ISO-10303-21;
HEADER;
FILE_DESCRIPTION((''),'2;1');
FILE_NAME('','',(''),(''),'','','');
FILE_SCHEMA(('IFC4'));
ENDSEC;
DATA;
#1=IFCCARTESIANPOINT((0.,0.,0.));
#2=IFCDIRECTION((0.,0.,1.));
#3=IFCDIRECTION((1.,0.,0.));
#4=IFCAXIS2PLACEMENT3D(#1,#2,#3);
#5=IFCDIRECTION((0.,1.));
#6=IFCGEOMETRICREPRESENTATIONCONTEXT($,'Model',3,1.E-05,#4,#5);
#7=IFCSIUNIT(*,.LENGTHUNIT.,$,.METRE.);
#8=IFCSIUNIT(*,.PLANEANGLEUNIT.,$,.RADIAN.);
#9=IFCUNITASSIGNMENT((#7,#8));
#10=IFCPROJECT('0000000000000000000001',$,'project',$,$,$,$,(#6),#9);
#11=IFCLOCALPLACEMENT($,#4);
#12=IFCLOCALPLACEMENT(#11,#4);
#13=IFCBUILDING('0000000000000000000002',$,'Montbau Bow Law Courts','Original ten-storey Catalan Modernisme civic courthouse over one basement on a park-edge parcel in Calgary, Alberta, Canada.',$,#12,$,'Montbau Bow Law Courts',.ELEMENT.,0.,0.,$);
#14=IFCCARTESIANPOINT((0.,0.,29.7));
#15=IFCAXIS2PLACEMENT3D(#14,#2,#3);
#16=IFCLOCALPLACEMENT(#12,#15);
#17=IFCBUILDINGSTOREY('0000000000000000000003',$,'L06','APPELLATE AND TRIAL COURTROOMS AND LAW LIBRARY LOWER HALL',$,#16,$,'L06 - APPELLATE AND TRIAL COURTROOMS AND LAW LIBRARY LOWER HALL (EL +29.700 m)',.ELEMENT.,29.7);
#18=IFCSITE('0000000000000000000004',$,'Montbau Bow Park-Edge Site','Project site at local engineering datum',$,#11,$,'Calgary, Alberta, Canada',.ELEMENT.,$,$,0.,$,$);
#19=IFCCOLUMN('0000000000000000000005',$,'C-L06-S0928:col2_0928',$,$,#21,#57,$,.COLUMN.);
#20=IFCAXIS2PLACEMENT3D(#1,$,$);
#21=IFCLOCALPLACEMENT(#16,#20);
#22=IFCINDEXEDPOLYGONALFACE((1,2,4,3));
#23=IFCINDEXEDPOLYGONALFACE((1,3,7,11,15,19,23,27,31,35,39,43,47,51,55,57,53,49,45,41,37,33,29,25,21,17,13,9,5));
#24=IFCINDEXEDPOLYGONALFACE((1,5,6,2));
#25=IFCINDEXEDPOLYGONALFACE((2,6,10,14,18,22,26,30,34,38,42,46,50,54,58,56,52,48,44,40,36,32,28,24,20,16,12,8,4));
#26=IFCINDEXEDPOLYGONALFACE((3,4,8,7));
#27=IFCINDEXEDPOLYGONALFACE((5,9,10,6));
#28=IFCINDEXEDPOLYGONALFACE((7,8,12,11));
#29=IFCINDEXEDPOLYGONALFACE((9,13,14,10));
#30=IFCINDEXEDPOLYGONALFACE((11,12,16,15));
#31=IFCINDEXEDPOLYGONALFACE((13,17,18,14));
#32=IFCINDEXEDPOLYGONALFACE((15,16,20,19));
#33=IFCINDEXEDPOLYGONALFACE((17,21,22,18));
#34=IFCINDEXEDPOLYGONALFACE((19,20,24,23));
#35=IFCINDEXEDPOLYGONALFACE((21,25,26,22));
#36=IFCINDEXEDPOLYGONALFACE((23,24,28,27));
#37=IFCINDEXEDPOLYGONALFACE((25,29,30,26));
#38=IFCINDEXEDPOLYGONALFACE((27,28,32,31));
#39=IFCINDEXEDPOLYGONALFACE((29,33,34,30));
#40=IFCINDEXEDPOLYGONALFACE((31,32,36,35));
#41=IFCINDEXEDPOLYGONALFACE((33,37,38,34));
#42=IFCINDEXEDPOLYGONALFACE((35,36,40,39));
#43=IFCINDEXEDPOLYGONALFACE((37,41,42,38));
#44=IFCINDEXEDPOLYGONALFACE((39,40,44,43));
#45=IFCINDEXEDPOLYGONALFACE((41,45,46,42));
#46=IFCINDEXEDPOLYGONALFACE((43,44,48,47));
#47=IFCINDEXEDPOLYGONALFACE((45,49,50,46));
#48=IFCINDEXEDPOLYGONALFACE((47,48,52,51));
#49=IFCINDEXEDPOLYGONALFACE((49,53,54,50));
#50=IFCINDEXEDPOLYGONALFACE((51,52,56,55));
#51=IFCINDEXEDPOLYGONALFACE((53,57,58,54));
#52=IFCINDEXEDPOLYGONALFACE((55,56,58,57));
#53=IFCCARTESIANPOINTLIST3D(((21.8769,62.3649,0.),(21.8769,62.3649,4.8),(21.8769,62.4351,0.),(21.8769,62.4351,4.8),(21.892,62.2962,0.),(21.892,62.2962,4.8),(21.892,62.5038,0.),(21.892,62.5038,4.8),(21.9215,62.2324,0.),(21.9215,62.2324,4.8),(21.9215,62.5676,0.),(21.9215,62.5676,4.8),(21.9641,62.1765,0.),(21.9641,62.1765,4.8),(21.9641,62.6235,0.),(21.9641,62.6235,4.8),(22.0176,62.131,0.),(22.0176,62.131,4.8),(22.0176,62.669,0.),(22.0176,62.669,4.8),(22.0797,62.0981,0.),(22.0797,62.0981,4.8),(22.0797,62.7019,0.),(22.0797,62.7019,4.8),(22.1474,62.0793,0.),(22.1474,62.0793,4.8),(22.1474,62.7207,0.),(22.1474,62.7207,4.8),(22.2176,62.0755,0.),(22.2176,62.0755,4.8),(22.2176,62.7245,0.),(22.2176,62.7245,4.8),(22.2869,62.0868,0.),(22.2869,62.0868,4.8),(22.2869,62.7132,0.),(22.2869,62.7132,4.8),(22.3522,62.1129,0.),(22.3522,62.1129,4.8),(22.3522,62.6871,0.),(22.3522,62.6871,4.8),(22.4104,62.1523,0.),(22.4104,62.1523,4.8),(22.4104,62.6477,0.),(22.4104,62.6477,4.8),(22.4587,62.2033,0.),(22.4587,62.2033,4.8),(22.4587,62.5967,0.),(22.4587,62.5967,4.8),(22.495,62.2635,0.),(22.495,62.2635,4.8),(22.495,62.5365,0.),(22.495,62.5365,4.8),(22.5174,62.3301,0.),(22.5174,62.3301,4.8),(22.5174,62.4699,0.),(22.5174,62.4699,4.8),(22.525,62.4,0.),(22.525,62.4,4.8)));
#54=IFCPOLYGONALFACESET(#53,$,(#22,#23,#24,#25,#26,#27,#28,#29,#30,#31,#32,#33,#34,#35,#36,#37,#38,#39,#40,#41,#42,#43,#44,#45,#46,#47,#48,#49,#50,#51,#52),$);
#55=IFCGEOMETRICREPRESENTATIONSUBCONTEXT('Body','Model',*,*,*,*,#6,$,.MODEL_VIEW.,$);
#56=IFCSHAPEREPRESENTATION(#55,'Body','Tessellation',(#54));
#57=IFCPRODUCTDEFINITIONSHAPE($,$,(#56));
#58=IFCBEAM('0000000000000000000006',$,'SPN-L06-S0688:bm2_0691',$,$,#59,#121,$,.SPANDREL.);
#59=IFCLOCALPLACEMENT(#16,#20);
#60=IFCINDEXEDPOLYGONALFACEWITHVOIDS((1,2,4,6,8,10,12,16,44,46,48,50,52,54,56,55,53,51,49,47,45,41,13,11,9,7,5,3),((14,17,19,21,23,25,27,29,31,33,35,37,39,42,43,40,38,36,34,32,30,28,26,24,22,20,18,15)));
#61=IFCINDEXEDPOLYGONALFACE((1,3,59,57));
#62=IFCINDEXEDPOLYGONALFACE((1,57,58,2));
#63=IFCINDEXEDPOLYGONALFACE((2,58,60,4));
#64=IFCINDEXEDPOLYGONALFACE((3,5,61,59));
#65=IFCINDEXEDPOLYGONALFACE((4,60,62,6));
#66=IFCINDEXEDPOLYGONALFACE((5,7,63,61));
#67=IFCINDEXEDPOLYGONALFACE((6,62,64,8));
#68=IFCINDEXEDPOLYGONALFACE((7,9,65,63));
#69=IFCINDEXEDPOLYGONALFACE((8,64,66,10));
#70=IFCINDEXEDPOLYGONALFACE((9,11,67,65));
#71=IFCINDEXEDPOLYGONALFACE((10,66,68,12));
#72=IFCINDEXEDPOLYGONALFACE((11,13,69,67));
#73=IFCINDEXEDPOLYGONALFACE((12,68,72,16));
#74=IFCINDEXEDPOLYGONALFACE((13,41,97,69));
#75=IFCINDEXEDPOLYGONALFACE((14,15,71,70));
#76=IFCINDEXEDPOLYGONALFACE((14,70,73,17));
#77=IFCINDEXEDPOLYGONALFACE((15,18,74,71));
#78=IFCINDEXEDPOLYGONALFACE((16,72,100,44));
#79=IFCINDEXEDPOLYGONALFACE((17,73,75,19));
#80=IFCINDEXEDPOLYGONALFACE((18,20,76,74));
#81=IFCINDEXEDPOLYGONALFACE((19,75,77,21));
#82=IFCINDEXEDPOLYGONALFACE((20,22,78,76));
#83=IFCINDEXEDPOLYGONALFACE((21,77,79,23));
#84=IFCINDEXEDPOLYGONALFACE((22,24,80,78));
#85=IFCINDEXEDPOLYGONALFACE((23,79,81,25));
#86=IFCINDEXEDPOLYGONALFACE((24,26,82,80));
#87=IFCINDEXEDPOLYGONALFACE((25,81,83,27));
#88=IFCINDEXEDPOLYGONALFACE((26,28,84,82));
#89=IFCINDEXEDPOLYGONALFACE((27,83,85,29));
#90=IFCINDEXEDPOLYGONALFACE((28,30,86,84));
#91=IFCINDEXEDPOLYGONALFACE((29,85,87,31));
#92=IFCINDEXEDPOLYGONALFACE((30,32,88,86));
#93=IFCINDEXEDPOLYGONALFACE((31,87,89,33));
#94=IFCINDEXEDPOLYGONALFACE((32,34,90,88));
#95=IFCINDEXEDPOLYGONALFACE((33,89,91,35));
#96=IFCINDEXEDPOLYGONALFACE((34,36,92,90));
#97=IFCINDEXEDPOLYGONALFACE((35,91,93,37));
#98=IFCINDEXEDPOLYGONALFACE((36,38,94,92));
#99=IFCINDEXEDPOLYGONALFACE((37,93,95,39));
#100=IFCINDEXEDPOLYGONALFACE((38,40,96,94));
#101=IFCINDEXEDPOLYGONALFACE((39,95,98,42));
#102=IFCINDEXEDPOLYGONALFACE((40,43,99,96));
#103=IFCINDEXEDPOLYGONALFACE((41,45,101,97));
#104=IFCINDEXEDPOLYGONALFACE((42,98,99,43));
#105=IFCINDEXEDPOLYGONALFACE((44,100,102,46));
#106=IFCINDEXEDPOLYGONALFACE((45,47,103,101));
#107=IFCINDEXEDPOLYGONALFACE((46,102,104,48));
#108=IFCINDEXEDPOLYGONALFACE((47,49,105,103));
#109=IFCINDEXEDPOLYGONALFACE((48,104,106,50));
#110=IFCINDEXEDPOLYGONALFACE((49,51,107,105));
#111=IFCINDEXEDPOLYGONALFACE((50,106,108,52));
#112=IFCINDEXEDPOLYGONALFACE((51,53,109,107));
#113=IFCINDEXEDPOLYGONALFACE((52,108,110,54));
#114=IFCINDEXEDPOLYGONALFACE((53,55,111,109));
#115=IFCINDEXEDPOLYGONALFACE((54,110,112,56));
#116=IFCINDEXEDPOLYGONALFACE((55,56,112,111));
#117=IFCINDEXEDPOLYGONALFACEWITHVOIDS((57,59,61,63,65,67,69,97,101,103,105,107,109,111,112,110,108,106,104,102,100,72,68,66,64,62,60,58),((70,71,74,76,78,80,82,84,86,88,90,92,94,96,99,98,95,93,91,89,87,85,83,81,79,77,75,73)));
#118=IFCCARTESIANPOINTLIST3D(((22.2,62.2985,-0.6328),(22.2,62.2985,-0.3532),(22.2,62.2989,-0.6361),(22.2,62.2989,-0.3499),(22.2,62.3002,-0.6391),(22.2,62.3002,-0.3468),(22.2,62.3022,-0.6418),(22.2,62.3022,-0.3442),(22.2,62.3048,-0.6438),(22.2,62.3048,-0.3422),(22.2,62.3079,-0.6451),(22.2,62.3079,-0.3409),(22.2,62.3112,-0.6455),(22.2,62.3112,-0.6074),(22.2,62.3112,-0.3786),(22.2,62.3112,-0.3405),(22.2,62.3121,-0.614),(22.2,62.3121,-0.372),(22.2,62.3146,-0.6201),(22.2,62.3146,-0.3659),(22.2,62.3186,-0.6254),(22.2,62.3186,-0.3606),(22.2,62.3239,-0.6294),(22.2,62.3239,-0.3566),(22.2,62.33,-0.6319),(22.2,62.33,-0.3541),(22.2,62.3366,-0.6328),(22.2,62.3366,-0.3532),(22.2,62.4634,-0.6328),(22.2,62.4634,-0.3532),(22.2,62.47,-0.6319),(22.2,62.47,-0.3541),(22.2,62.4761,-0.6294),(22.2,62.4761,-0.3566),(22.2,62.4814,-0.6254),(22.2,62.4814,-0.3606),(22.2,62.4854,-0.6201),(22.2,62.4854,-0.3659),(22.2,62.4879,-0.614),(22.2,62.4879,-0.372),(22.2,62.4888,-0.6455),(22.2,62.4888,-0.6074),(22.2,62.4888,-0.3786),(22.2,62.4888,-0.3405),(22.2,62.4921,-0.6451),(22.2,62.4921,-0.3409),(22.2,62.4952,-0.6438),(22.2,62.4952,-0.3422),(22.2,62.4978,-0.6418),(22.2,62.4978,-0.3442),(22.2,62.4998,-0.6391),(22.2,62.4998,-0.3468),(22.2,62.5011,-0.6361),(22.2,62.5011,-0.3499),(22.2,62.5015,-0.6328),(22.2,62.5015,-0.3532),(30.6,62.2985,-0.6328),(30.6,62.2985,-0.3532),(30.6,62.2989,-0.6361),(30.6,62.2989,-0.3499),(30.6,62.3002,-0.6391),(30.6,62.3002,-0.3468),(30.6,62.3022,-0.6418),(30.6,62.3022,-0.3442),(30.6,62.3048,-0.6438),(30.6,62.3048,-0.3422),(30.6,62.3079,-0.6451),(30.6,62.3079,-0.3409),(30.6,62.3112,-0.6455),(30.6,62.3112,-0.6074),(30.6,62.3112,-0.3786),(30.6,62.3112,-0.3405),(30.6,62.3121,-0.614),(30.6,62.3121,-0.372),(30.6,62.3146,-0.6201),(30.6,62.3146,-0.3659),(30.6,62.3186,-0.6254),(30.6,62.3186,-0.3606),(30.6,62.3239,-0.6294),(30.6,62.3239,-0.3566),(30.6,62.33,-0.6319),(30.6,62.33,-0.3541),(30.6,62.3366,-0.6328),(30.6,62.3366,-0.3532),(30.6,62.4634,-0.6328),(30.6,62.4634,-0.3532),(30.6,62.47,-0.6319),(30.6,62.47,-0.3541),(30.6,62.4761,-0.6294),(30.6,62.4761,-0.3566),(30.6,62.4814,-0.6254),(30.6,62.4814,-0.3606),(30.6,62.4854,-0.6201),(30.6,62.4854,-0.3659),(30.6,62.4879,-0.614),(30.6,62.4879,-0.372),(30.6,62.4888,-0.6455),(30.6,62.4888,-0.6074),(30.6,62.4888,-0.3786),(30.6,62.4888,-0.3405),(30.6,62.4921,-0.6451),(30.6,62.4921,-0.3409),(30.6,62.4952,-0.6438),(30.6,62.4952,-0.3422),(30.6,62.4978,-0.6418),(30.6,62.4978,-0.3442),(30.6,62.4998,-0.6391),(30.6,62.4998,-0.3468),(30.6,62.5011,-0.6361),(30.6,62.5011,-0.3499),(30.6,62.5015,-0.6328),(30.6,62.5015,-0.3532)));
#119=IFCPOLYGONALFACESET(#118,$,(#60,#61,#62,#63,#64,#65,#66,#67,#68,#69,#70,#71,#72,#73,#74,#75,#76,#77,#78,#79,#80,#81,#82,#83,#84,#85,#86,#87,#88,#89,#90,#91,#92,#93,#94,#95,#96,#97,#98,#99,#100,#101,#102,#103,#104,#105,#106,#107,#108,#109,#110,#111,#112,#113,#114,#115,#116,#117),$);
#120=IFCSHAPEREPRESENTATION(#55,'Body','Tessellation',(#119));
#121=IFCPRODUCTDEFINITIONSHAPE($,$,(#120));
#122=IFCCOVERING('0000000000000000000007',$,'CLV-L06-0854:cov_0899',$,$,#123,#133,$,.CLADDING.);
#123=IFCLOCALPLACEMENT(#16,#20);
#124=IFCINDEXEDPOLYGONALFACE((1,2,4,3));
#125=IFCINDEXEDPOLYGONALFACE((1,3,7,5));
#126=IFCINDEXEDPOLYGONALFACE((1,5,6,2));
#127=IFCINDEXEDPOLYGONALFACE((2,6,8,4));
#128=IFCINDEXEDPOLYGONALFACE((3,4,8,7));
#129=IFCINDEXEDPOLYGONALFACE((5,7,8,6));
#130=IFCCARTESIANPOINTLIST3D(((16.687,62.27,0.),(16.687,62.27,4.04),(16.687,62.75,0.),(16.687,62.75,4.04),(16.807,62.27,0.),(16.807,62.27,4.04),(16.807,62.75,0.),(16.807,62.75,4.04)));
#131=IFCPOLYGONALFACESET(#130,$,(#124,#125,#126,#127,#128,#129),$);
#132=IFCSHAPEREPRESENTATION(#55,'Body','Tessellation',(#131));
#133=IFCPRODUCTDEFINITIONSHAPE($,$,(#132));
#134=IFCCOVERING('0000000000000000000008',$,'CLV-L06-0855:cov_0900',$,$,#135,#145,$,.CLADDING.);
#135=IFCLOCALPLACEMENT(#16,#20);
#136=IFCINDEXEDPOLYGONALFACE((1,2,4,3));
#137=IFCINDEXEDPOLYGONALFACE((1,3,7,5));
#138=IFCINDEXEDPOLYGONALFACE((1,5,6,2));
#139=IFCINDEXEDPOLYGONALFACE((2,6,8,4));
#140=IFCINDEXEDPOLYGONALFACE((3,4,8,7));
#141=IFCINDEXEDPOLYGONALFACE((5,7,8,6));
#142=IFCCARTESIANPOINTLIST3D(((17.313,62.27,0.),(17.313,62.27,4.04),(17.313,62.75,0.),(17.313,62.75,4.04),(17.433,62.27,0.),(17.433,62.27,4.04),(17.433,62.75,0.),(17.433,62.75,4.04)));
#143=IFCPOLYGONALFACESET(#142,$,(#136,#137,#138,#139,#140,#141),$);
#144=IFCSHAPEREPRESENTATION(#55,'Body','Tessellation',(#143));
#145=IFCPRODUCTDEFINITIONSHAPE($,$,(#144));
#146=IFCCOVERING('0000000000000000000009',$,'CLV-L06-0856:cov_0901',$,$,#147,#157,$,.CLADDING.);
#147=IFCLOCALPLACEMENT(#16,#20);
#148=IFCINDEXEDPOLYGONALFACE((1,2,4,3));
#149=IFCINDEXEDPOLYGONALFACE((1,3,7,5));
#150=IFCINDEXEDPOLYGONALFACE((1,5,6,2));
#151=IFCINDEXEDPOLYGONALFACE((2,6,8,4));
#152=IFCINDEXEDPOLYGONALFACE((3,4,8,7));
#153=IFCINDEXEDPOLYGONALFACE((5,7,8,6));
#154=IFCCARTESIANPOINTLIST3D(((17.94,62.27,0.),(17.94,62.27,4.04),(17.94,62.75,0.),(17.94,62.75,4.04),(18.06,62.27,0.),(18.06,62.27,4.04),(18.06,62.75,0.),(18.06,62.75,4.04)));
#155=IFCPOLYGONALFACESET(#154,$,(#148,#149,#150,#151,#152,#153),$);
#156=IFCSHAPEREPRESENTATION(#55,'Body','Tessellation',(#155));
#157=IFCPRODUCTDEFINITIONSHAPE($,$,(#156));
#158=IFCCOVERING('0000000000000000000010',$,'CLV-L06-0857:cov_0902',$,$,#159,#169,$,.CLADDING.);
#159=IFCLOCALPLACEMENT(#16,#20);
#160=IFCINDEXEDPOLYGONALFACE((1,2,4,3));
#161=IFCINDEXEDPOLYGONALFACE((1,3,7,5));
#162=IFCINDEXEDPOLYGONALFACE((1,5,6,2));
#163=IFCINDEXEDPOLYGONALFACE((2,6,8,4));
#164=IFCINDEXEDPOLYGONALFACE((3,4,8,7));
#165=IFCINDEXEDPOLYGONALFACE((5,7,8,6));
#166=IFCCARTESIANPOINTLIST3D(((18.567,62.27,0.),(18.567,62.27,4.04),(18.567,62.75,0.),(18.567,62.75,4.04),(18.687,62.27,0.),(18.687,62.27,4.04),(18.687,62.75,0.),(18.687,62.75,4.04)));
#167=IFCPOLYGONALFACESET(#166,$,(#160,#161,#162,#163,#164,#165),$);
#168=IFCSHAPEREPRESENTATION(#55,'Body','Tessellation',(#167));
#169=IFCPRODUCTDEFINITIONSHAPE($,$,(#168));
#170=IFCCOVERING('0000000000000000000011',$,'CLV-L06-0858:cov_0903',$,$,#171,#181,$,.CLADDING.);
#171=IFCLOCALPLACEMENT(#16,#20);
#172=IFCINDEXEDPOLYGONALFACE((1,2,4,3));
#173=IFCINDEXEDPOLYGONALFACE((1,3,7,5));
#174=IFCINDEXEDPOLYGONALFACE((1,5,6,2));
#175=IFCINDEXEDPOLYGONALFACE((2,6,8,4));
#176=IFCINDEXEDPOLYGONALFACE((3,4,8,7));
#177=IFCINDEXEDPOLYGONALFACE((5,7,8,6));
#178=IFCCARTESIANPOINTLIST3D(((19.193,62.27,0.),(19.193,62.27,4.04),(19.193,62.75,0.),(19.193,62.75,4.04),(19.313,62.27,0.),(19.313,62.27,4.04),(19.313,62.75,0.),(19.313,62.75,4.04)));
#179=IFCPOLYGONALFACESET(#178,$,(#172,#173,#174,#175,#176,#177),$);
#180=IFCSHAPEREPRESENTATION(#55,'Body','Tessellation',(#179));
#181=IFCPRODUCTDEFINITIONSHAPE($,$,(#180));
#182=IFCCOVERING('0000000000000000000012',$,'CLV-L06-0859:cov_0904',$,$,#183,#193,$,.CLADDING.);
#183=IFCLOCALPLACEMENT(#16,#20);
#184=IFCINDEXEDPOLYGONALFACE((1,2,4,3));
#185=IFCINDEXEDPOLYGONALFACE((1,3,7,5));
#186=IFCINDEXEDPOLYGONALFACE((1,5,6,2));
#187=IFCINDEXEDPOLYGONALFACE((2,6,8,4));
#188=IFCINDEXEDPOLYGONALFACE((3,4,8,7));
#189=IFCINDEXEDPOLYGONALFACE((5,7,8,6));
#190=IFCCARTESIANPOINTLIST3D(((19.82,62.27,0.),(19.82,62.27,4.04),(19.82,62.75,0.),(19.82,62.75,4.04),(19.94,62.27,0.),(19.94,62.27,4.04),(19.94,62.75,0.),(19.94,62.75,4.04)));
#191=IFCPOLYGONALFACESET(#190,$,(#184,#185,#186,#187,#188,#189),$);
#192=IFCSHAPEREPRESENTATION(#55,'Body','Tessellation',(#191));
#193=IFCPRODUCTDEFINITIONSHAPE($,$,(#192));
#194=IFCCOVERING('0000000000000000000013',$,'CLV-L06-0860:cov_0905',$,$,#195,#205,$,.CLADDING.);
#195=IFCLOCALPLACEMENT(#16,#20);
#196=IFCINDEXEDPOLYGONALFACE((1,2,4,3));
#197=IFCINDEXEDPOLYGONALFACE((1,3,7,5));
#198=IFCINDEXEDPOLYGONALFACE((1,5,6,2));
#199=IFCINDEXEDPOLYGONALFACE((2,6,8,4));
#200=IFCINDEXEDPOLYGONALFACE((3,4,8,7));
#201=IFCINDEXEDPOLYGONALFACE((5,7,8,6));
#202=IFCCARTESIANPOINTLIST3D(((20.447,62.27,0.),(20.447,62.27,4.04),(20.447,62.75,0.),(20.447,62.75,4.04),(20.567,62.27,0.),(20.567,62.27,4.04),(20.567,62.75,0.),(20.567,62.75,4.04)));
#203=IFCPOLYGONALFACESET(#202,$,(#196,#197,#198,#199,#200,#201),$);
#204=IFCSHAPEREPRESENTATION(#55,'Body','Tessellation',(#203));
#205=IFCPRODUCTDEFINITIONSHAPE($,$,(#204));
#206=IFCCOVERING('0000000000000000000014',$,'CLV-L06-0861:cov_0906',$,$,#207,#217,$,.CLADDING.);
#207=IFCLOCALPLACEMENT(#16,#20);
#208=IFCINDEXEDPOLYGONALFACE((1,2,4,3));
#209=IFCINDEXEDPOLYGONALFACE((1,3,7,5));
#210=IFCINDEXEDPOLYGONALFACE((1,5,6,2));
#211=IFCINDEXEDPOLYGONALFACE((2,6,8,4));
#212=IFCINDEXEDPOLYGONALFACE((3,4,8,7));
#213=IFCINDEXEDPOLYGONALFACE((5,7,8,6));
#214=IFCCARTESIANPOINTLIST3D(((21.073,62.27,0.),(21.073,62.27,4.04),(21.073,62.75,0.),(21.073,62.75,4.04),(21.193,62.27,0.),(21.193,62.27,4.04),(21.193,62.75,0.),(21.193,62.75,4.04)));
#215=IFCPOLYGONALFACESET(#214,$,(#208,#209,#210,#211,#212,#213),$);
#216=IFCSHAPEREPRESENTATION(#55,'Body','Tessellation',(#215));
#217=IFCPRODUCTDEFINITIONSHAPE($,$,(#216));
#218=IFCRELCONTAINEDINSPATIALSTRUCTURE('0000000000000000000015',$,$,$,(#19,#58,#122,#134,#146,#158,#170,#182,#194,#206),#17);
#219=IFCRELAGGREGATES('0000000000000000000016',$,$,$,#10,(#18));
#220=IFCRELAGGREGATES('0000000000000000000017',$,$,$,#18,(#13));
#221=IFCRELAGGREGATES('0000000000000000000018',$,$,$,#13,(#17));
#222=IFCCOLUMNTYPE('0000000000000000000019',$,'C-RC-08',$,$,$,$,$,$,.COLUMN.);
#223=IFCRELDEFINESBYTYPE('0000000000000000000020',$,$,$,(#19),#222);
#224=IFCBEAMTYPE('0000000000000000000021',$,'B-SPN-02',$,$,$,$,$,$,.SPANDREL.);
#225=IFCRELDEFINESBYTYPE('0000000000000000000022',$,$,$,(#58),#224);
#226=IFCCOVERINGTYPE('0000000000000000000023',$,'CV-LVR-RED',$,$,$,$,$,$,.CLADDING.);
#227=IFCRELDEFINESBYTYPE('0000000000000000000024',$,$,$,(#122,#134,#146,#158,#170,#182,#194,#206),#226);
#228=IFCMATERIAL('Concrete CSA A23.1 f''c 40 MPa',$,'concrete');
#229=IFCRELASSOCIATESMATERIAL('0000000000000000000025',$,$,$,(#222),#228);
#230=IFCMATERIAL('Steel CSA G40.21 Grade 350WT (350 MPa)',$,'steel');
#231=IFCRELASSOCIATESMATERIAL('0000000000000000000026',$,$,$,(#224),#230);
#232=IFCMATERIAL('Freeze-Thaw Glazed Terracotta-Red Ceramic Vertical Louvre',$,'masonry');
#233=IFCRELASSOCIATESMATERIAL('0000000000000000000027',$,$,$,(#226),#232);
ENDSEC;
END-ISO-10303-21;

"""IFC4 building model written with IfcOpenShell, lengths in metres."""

from ifc_helpers import new_model, si_unit, direction, frame, frame_2d, origin_with_axes, origin_2d_with_axis, place, context, subcontext, project, spatial, rectangle, hollow_rectangle, circle, extrude, material, material_profile, profile_set, type_object, element, save


model = new_model("IFC4")

# Units and contexts
model_context = context("Model", 3, precision=1e-05, world=origin_with_axes(), true_north=direction((0.0, 1.0)))
body_context = subcontext(model_context, "Body", "Model", "MODEL_VIEW")
ifc_project = project(units=[si_unit("LENGTHUNIT", "METRE"), si_unit("PLANEANGLEUNIT", "RADIAN")], contexts=[model_context])

# Site, building, storey
site_placement = place(None, origin_with_axes())
site = spatial("IfcSite", under=ifc_project, at=site_placement, Name="Montbau Bow Park-Edge Site", Description="Project site at local engineering datum", LongName="Calgary, Alberta, Canada", CompositionType="ELEMENT", RefElevation=0.0)
building_placement = place(site_placement, origin_with_axes())
building = spatial("IfcBuilding", under=site, at=building_placement, Name="Montbau Bow Law Courts", Description="Original ten-storey Catalan Modernisme civic courthouse over one basement on a park-edge parcel in Calgary, Alberta, Canada.", LongName="Montbau Bow Law Courts", CompositionType="ELEMENT", ElevationOfRefHeight=0.0, ElevationOfTerrain=0.0)
storey_placement = place(building_placement, frame((0.0, 0.0, 29.7), z_axis=(0.0, 0.0, 1.0), x_axis=(1.0, 0.0, 0.0)))
storey = spatial("IfcBuildingStorey", under=building, at=storey_placement, Name="L06", Description="APPELLATE AND TRIAL COURTROOMS AND LAW LIBRARY LOWER HALL", LongName="L06 - APPELLATE AND TRIAL COURTROOMS AND LAW LIBRARY LOWER HALL (EL +29.700 m)", CompositionType="ELEMENT", Elevation=29.7)

# Column
ifc_material_1 = material(Name="Concrete CSA A23.1 f'c 40 MPa", Category="concrete")
ifc_material_profile_1 = material_profile(ifc_material_1, circle(Radius=0.325, at=origin_2d_with_axis()), Name="RC650D", Category="Main", Priority=0)
ifc_profile_set_1 = profile_set([ifc_material_profile_1], Name="Concrete CSA A23.1 f'c 40 MPa")
column_type = type_object("IfcColumnType", Name="C-RC-08", PredefinedType="COLUMN", material=ifc_profile_set_1)
column_placement = place(None, frame((22.2, 62.4, 29.7), z_axis=(0.0, 0.0, 1.0), x_axis=(1.0, 0.0, 0.0)))
element("IfcColumn", 1, at=column_placement, inside=storey, type_object=column_type, Name="C-L06-S0928:col2_0928", PredefinedType="COLUMN", context=body_context, shape_type="SweptSolid", body=[
    extrude(circle(Radius=0.325, at=origin_2d_with_axis()), origin_with_axes(), (0.0, 0.0, 1.0), 4.8),
])

# Beam
ifc_material_2 = material(Name="Steel CSA G40.21 Grade 350WT (350 MPa)", Category="steel")
ifc_material_profile_2 = material_profile(ifc_material_2, hollow_rectangle(XDim=0.203, YDim=0.305, WallThickness=0.0127, InnerFilletRadius=0.0254, OuterFilletRadius=0.0127, at=origin_2d_with_axis()), Name="HSS305X203X13", Category="Main", Priority=0)
ifc_profile_set_2 = profile_set([ifc_material_profile_2], Name="Steel CSA G40.21 Grade 350WT (350 MPa)")
beam_type = type_object("IfcBeamType", Name="B-SPN-02", PredefinedType="SPANDREL", material=ifc_profile_set_2)
beam_placement = place(None, frame((22.2, 62.4, 29.207), z_axis=(1.0, 0.0, 0.0), x_axis=(0.0, 1.0, 0.0)))
element("IfcBeam", 2, at=beam_placement, inside=storey, type_object=beam_type, Name="SPN-L06-S0688:bm2_0691", PredefinedType="SPANDREL", context=body_context, shape_type="SweptSolid", body=[
    extrude(hollow_rectangle(XDim=0.203, YDim=0.305, WallThickness=0.0127, InnerFilletRadius=0.0254, OuterFilletRadius=0.0127, at=origin_2d_with_axis()), origin_with_axes(), (0.0, 0.0, 1.0), 8.4),
])

# Coverings
ifc_material_3 = material(Name="Freeze-Thaw Glazed Terracotta-Red Ceramic Vertical Louvre", Category="masonry")
covering_type = type_object("IfcCoveringType", Name="CV-LVR-RED", PredefinedType="CLADDING", material=ifc_material_3)
for number, where, z_axis, x_axis, name in (
    (3, (16.747, 62.27, 29.7), (1.0, 0.0, 0.0), (0.0, 1.0, 0.0), "CLV-L06-0854:cov_0899"),
    (4, (17.373, 62.27, 29.7), (1.0, 0.0, 0.0), (0.0, 1.0, 0.0), "CLV-L06-0855:cov_0900"),
    (5, (18.0, 62.27, 29.7), (1.0, 0.0, 0.0), (0.0, 1.0, 0.0), "CLV-L06-0856:cov_0901"),
    (6, (18.627, 62.27, 29.7), (1.0, 0.0, 0.0), (0.0, 1.0, 0.0), "CLV-L06-0857:cov_0902"),
    (7, (19.253, 62.27, 29.7), (1.0, 0.0, 0.0), (0.0, 1.0, 0.0), "CLV-L06-0858:cov_0903"),
    (8, (19.88, 62.27, 29.7), (1.0, 0.0, 0.0), (0.0, 1.0, 0.0), "CLV-L06-0859:cov_0904"),
    (9, (20.507, 62.27, 29.7), (1.0, 0.0, 0.0), (0.0, 1.0, 0.0), "CLV-L06-0860:cov_0905"),
    (10, (21.133, 62.27, 29.7), (1.0, 0.0, 0.0), (0.0, 1.0, 0.0), "CLV-L06-0861:cov_0906"),
):
    element("IfcCovering", number, at=place(None, frame(where, z_axis=z_axis, x_axis=x_axis)), inside=storey, type_object=covering_type, Name=name, PredefinedType="CLADDING", context=body_context, shape_type="SweptSolid", body=[
        extrude(rectangle(XDim=0.48, YDim=4.04, at=frame_2d((0.24, 2.02), x_axis=(1.0, 0.0))), frame((0.0, 0.0, -0.06), z_axis=(0.0, 0.0, 1.0), x_axis=(1.0, 0.0, 0.0)), (0.0, 0.0, 1.0), 0.12),
    ])

save(model, "model.ifc")
